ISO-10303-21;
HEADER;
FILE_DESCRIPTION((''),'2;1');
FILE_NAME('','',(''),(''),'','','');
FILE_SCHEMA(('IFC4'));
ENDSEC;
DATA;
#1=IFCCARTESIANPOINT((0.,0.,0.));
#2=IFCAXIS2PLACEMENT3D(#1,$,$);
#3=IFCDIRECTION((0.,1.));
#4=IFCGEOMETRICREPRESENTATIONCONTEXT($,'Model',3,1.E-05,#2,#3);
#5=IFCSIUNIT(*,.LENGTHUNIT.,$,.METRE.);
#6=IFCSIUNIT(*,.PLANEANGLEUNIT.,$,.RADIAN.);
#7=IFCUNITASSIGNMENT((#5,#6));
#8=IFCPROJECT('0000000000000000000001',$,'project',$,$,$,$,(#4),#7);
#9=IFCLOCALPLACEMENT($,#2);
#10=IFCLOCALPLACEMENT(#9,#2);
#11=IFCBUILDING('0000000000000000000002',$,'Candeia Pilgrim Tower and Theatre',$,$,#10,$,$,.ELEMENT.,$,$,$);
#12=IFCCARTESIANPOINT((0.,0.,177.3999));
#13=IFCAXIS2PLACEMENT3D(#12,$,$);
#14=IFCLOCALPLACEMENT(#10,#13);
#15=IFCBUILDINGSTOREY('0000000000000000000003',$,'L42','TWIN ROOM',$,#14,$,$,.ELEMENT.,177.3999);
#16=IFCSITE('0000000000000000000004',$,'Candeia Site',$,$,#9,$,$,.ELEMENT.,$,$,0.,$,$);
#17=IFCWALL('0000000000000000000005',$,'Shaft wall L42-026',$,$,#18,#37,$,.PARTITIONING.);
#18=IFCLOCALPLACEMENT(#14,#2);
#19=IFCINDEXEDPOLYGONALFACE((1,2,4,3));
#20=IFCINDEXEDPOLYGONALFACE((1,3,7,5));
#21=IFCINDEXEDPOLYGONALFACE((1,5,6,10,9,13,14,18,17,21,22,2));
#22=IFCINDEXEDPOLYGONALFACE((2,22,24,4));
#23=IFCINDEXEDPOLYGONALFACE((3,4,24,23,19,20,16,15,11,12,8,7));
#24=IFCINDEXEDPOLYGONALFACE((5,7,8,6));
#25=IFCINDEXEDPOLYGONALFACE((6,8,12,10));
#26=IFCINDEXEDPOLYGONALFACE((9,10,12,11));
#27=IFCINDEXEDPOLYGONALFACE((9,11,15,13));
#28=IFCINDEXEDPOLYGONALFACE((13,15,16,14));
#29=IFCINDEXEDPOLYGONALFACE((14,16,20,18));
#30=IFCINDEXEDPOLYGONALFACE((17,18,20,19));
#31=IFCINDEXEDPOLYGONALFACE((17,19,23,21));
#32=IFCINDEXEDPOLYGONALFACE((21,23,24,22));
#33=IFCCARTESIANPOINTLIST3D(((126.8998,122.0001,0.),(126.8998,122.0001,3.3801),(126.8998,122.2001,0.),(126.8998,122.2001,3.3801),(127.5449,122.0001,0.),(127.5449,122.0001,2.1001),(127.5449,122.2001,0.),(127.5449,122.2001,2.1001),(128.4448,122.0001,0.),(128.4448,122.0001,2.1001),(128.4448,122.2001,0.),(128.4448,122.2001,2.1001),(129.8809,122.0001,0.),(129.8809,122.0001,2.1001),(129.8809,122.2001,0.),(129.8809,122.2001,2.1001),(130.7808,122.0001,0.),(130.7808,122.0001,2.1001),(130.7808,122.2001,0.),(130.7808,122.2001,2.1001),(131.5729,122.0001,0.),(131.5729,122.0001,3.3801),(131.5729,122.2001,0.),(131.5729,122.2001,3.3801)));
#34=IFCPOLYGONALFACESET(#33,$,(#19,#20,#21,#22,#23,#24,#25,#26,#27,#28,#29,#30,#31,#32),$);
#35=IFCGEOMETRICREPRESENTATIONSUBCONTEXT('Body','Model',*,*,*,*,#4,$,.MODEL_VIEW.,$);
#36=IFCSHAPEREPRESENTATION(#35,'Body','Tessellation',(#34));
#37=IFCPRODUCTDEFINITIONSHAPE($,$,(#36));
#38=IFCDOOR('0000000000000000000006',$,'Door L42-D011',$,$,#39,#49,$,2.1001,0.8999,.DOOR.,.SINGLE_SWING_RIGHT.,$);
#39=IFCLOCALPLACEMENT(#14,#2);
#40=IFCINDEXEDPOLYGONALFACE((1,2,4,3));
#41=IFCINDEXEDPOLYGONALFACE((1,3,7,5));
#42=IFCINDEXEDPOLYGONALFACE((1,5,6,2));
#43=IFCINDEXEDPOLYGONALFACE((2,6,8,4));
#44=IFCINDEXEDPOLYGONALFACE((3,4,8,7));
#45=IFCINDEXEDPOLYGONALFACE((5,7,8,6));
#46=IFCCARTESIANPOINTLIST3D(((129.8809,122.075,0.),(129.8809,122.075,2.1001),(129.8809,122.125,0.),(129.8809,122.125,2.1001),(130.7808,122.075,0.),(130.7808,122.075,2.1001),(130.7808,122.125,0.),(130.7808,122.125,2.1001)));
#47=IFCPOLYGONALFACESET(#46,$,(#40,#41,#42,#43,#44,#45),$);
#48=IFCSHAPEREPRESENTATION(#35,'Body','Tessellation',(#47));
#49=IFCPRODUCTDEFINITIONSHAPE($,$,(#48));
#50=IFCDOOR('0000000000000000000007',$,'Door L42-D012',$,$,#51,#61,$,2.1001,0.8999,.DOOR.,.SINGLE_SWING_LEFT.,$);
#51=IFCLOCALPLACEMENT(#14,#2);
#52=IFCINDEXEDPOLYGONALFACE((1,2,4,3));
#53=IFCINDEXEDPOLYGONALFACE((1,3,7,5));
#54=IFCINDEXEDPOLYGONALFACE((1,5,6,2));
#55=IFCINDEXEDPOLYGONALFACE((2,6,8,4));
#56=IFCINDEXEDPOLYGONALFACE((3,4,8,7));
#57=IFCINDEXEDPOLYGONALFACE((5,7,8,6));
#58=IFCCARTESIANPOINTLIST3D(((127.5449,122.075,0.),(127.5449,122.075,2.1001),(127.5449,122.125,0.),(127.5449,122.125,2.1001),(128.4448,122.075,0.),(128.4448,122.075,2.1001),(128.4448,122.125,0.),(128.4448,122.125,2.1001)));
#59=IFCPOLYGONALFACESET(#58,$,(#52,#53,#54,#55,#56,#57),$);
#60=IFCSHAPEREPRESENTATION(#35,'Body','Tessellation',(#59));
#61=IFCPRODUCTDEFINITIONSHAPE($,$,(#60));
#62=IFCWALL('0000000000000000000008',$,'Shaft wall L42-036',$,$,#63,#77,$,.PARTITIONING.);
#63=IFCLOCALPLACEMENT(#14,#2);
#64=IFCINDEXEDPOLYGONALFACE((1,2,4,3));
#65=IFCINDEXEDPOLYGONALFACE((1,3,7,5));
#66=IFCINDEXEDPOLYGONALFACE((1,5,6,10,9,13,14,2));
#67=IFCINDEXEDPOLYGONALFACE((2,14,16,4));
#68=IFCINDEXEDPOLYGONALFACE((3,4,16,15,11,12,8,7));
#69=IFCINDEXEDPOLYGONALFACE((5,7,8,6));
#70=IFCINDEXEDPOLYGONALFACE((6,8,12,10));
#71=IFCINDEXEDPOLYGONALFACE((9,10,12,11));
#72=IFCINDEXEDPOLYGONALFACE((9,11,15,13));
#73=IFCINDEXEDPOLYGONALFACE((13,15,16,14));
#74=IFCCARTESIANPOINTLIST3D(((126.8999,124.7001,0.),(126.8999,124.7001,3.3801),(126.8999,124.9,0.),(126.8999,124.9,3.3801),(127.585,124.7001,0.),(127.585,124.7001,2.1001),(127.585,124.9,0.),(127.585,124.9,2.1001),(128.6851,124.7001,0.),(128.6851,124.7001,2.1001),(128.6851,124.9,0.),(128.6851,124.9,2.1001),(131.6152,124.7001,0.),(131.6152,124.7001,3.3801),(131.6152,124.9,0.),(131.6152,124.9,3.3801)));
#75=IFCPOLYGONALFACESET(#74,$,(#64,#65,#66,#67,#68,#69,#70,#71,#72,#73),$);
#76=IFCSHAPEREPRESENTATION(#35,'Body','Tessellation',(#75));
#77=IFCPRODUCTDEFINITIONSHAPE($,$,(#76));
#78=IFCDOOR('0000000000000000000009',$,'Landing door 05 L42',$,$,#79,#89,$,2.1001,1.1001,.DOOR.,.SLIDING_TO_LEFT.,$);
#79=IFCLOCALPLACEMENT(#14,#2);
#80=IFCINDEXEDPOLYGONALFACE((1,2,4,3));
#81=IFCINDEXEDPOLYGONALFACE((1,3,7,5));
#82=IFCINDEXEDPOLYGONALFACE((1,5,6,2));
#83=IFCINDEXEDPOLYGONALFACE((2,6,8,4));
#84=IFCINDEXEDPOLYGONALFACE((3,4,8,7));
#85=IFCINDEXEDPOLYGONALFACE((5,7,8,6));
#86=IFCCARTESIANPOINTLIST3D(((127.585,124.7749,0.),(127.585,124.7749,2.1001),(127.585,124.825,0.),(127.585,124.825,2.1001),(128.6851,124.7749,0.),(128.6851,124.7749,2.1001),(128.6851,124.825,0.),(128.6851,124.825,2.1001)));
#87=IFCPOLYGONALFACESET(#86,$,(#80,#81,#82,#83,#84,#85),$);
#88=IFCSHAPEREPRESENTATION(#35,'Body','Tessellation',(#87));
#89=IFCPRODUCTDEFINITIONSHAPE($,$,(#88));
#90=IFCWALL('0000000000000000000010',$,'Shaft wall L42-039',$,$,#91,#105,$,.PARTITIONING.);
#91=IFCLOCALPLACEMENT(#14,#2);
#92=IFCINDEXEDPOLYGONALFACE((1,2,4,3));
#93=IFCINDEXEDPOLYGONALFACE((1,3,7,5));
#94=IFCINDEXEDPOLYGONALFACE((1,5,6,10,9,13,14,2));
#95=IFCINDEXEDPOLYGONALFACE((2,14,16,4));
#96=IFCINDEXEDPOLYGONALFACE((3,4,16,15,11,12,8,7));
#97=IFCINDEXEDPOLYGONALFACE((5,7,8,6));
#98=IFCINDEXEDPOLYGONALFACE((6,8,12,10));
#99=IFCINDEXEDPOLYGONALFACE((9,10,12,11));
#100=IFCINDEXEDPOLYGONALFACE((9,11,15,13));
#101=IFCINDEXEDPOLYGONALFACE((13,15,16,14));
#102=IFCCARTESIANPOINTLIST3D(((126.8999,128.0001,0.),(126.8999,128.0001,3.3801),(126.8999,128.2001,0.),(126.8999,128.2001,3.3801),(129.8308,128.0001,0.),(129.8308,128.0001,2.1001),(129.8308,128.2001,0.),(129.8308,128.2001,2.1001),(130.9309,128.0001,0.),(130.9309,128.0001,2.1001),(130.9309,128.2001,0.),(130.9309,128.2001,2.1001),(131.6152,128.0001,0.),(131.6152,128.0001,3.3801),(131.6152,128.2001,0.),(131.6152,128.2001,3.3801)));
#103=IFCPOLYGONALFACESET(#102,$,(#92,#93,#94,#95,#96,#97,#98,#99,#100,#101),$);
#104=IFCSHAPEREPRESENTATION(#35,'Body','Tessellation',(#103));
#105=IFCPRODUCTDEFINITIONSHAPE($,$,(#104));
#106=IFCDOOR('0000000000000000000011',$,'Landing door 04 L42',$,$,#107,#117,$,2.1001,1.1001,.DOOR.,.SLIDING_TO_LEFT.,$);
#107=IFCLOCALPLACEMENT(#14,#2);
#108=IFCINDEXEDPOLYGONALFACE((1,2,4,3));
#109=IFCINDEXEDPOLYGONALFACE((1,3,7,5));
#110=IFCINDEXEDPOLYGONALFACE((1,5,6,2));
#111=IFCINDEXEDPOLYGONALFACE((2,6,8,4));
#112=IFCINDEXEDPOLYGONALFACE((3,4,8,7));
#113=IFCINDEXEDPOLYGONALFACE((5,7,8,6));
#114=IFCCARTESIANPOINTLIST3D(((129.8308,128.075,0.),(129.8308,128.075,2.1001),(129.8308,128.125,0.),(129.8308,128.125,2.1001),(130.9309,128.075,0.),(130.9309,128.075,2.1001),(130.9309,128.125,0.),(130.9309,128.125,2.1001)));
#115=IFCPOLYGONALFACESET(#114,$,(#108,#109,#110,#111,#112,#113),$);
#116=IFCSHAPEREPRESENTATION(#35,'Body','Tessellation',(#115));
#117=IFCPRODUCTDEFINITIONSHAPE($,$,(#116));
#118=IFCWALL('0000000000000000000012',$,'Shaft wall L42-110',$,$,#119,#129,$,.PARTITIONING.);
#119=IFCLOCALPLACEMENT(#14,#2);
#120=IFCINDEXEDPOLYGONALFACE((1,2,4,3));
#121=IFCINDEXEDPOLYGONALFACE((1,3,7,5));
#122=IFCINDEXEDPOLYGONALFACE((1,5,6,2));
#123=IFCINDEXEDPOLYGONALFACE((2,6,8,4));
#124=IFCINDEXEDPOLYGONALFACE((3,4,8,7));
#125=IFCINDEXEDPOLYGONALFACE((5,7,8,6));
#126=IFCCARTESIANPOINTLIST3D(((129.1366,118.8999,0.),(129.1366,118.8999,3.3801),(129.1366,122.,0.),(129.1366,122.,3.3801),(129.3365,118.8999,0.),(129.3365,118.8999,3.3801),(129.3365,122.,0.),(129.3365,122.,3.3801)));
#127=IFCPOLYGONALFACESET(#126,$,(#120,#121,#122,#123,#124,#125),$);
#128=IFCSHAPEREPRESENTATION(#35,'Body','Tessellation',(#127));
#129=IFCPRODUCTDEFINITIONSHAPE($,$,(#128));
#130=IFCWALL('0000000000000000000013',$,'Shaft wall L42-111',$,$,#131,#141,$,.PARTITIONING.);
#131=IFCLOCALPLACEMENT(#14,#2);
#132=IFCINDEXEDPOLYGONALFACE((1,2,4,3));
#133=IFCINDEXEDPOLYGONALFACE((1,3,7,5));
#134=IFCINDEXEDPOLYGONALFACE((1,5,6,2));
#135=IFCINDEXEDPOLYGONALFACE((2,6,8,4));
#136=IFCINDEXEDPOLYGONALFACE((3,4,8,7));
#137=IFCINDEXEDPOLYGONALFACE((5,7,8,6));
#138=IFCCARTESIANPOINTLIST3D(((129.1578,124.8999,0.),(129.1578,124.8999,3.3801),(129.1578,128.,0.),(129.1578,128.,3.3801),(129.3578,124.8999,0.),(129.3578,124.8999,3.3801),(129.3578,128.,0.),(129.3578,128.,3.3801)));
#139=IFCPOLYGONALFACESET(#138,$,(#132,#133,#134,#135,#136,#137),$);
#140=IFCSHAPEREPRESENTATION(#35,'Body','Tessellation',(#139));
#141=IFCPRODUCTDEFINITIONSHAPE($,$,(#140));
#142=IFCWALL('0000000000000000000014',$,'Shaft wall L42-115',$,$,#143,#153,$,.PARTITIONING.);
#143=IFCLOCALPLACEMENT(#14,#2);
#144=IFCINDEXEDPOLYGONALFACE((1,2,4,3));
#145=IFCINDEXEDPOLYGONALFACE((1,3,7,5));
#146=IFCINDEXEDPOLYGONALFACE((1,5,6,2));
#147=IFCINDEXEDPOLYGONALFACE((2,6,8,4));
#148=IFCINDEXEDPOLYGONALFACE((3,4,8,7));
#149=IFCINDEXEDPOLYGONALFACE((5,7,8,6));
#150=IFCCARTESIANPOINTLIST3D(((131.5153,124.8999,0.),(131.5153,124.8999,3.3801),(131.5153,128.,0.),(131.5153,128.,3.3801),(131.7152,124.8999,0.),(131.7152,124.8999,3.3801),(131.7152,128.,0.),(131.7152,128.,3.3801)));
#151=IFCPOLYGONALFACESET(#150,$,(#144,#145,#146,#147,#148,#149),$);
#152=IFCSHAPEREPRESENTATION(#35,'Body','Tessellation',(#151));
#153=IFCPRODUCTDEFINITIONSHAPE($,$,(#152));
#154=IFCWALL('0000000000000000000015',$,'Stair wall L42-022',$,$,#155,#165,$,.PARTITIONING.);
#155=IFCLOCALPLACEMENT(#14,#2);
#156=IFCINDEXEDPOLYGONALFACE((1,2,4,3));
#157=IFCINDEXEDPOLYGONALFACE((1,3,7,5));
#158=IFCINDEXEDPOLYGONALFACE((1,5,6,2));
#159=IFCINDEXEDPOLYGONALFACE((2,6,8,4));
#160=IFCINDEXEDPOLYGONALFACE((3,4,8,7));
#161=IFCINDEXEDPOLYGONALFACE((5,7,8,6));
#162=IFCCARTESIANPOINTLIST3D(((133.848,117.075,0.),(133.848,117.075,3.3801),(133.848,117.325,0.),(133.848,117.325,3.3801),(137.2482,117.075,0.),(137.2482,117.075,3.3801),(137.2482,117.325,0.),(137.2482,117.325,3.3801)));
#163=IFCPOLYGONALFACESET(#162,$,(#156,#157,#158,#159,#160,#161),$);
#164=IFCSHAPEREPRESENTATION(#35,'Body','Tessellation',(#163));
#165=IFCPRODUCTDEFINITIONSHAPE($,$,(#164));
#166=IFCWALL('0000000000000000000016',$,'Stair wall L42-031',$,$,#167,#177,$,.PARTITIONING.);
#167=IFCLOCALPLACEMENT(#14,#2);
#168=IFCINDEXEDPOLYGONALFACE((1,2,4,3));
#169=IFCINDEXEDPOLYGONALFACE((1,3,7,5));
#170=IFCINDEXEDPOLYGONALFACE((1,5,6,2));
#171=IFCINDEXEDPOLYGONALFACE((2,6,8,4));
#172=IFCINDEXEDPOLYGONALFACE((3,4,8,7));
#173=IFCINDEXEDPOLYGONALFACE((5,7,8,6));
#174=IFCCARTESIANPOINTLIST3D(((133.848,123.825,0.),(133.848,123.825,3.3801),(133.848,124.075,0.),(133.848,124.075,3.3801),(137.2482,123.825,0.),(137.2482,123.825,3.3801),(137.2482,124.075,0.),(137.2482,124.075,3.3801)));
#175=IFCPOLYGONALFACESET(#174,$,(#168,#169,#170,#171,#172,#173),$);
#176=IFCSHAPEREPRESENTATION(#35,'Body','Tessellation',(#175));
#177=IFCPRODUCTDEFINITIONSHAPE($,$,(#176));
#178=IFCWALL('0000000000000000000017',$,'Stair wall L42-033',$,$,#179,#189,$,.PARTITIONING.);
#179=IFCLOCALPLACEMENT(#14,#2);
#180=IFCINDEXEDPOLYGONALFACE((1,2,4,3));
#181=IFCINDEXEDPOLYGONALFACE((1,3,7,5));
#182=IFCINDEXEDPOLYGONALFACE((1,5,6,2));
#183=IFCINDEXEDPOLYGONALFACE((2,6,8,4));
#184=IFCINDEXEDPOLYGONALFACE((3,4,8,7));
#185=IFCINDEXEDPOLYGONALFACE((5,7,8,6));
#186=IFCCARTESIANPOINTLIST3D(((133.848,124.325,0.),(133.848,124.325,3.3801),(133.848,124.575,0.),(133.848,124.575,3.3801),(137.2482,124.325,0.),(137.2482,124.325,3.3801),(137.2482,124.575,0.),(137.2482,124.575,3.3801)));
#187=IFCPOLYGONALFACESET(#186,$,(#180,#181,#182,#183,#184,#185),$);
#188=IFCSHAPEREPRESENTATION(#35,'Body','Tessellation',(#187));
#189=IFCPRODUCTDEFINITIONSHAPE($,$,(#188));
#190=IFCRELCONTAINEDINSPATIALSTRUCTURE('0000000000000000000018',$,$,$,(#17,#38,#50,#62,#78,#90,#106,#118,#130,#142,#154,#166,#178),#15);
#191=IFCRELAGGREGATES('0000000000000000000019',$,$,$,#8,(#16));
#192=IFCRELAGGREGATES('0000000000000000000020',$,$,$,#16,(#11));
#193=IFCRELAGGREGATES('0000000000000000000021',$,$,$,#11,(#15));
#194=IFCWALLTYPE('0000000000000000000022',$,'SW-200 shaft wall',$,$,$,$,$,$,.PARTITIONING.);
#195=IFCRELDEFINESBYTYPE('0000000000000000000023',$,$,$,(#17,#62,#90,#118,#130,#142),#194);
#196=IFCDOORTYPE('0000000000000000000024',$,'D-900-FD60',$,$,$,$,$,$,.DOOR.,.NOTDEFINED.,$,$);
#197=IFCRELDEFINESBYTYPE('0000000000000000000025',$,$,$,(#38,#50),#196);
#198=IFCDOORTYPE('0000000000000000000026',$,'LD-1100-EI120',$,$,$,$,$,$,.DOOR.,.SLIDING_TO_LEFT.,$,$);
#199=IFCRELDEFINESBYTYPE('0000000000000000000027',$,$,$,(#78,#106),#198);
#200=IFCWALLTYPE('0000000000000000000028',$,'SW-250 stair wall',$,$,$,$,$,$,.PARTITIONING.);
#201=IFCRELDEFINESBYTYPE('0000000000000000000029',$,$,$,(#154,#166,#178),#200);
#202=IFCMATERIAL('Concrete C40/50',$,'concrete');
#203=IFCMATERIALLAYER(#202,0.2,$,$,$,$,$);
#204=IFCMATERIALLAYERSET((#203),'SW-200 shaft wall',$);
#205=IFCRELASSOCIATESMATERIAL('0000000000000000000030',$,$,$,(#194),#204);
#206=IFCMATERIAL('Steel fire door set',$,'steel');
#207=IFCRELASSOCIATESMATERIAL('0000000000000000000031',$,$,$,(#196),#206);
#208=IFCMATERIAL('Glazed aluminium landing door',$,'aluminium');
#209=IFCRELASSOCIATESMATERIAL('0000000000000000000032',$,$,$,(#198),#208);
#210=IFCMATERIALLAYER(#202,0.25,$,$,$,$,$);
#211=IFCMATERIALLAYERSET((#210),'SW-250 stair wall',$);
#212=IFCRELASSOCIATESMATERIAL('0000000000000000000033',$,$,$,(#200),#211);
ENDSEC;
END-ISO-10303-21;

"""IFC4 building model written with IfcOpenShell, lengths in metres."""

from ifc_helpers import new_model, si_unit, direction, frame, frame_2d, origin, place, context, subcontext, project, spatial, rectangle, extrude, material, layer, layer_set, type_object, element, fill, save


model = new_model("IFC4")

# Units and contexts
model_context = context("Model", 3, precision=1e-05, world=origin(), true_north=direction((0.0, 1.0)))
body_context = subcontext(model_context, "Body", "Model", "MODEL_VIEW")
ifc_project = project(units=[si_unit("LENGTHUNIT", "METRE"), si_unit("PLANEANGLEUNIT", "RADIAN")], contexts=[model_context])

# Site, building, storey
site_placement = place(None, origin())
site = spatial("IfcSite", under=ifc_project, at=site_placement, Name="Candeia Site", CompositionType="ELEMENT", RefElevation=0.0)
building_placement = place(site_placement, origin())
building = spatial("IfcBuilding", under=site, at=building_placement, Name="Candeia Pilgrim Tower and Theatre", CompositionType="ELEMENT")
storey_placement = place(building_placement, frame((0.0, 0.0, 177.3999)))
storey = spatial("IfcBuildingStorey", under=building, at=storey_placement, Name="L42", Description="TWIN ROOM", CompositionType="ELEMENT", Elevation=177.3999)

# Shared definitions
ifc_material_1 = material(Name="Steel fire door set", Category="steel")

# Shared definitions
ifc_material_2 = material(Name="Concrete C40/50", Category="concrete")
ifc_layer_1 = layer(ifc_material_2, 0.2)
ifc_layer_set_1 = layer_set([ifc_layer_1], Name="SW-200 shaft wall")
wall_type_1 = type_object("IfcWallType", Name="SW-200 shaft wall", PredefinedType="PARTITIONING", material=ifc_layer_set_1)

# Wall, openings, doors
wall_1_placement = place(storey_placement, frame((126.8999, 122.1001, 0.0), z_axis=(0.0, 0.0, 1.0), x_axis=(1.0, 0.0, 0.0)))
wall_1 = element("IfcWall", 1, at=wall_1_placement, inside=storey, type_object=wall_type_1, Name="Shaft wall L42-026", PredefinedType="PARTITIONING", context=body_context, shape_type="SweptSolid", body=[
    extrude(rectangle(XDim=4.6731, YDim=0.2, at=frame_2d((2.3364, 0.0))), origin(), (0.0, 0.0, 1.0), 3.3801),
])
opening_1_placement = place(wall_1_placement, frame((2.981, 0.0, 0.0)))
opening_1 = element("IfcOpeningElement", 2, at=opening_1_placement, cuts=wall_1, PredefinedType="OPENING", context=body_context, shape_type="SweptSolid", body=[
    extrude(rectangle(XDim=0.8999, YDim=2.1001, at=frame_2d((0.45, 1.05))), frame((0.0, 0.1099, 0.0), z_axis=(0.0, -1.0, 0.0), x_axis=(1.0, 0.0, 0.0)), (0.0, 0.0, 1.0), 0.22),
])
opening_2_placement = place(wall_1_placement, frame((0.645, 0.0, 0.0)))
opening_2 = element("IfcOpeningElement", 3, at=opening_2_placement, cuts=wall_1, PredefinedType="OPENING", context=body_context, shape_type="SweptSolid", body=[
    extrude(rectangle(XDim=0.8999, YDim=2.1001, at=frame_2d((0.45, 1.05))), frame((0.0, 0.1099, 0.0), z_axis=(0.0, -1.0, 0.0), x_axis=(1.0, 0.0, 0.0)), (0.0, 0.0, 1.0), 0.22),
])
door_type_1 = type_object("IfcDoorType", Name="D-900-FD60", OperationType="NOTDEFINED", PredefinedType="DOOR", material=ifc_material_1)
door_1_placement = place(opening_1_placement, origin())
door_1 = element("IfcDoor", 4, at=door_1_placement, inside=storey, type_object=door_type_1, Name="Door L42-D011", OperationType="SINGLE_SWING_RIGHT", OverallHeight=2.1001, OverallWidth=0.8999, PredefinedType="DOOR", context=body_context, shape_type="SweptSolid", body=[
    extrude(rectangle(XDim=0.8999, YDim=2.1001, at=frame_2d((0.45, 1.05))), frame((0.0, 0.0249, 0.0), z_axis=(0.0, -1.0, 0.0), x_axis=(1.0, 0.0, 0.0)), (0.0, 0.0, 1.0), 0.05),
])
fill(opening_1, door_1)
door_2_placement = place(opening_2_placement, origin())
door_2 = element("IfcDoor", 5, at=door_2_placement, inside=storey, type_object=door_type_1, Name="Door L42-D012", OperationType="SINGLE_SWING_LEFT", OverallHeight=2.1001, OverallWidth=0.8999, PredefinedType="DOOR", context=body_context, shape_type="SweptSolid", body=[
    extrude(rectangle(XDim=0.8999, YDim=2.1001, at=frame_2d((0.45, 1.05))), frame((0.0, 0.0249, 0.0), z_axis=(0.0, -1.0, 0.0), x_axis=(1.0, 0.0, 0.0)), (0.0, 0.0, 1.0), 0.05),
])
fill(opening_2, door_2)

# Walls, openings, doors
wall_2_placement = place(storey_placement, frame((126.8999, 124.8, 0.0), z_axis=(0.0, 0.0, 1.0), x_axis=(1.0, 0.0, 0.0)))
wall_2 = element("IfcWall", 6, at=wall_2_placement, inside=storey, type_object=wall_type_1, Name="Shaft wall L42-036", PredefinedType="PARTITIONING", context=body_context, shape_type="SweptSolid", body=[
    extrude(rectangle(XDim=4.7153, YDim=0.2, at=frame_2d((2.3577, 0.0))), origin(), (0.0, 0.0, 1.0), 3.3801),
])
opening_3_placement = place(wall_2_placement, frame((0.6851, 0.0, 0.0)))
opening_3 = element("IfcOpeningElement", 7, at=opening_3_placement, cuts=wall_2, PredefinedType="OPENING", context=body_context, shape_type="SweptSolid", body=[
    extrude(rectangle(XDim=1.1001, YDim=2.1001, at=frame_2d((0.55, 1.05))), frame((0.0, 0.1099, 0.0), z_axis=(0.0, -1.0, 0.0), x_axis=(1.0, 0.0, 0.0)), (0.0, 0.0, 1.0), 0.22),
])
ifc_material_3 = material(Name="Glazed aluminium landing door", Category="aluminium")
door_type_2 = type_object("IfcDoorType", Name="LD-1100-EI120", OperationType="SLIDING_TO_LEFT", PredefinedType="DOOR", material=ifc_material_3)
door_3_placement = place(opening_3_placement, origin())
door_3 = element("IfcDoor", 8, at=door_3_placement, inside=storey, type_object=door_type_2, Name="Landing door 05 L42", OperationType="SLIDING_TO_LEFT", OverallHeight=2.1001, OverallWidth=1.1001, PredefinedType="DOOR", context=body_context, shape_type="SweptSolid", body=[
    extrude(rectangle(XDim=1.1001, YDim=2.1001, at=frame_2d((0.55, 1.05))), frame((0.0, 0.0249, 0.0), z_axis=(0.0, -1.0, 0.0), x_axis=(1.0, 0.0, 0.0)), (0.0, 0.0, 1.0), 0.05),
])
fill(opening_3, door_3)
wall_3_placement = place(storey_placement, frame((126.8999, 128.1001, 0.0), z_axis=(0.0, 0.0, 1.0), x_axis=(1.0, 0.0, 0.0)))
wall_3 = element("IfcWall", 9, at=wall_3_placement, inside=storey, type_object=wall_type_1, Name="Shaft wall L42-039", PredefinedType="PARTITIONING", context=body_context, shape_type="SweptSolid", body=[
    extrude(rectangle(XDim=4.7153, YDim=0.2, at=frame_2d((2.3577, 0.0))), origin(), (0.0, 0.0, 1.0), 3.3801),
])
opening_4_placement = place(wall_3_placement, frame((2.9309, 0.0, 0.0)))
opening_4 = element("IfcOpeningElement", 10, at=opening_4_placement, cuts=wall_3, PredefinedType="OPENING", context=body_context, shape_type="SweptSolid", body=[
    extrude(rectangle(XDim=1.1001, YDim=2.1001, at=frame_2d((0.55, 1.05))), frame((0.0, 0.1099, 0.0), z_axis=(0.0, -1.0, 0.0), x_axis=(1.0, 0.0, 0.0)), (0.0, 0.0, 1.0), 0.22),
])
door_4_placement = place(opening_4_placement, origin())
door_4 = element("IfcDoor", 11, at=door_4_placement, inside=storey, type_object=door_type_2, Name="Landing door 04 L42", OperationType="SLIDING_TO_LEFT", OverallHeight=2.1001, OverallWidth=1.1001, PredefinedType="DOOR", context=body_context, shape_type="SweptSolid", body=[
    extrude(rectangle(XDim=1.1001, YDim=2.1001, at=frame_2d((0.55, 1.05))), frame((0.0, 0.0249, 0.0), z_axis=(0.0, -1.0, 0.0), x_axis=(1.0, 0.0, 0.0)), (0.0, 0.0, 1.0), 0.05),
])
fill(opening_4, door_4)

# Walls
for number, where, z_axis, x_axis, name in (
    (12, (129.2366, 118.8999, 0.0), (0.0, 0.0, 1.0), (0.0, 1.0, 0.0), "Shaft wall L42-110"),
    (13, (129.2578, 124.8999, 0.0), (0.0, 0.0, 1.0), (0.0, 1.0, 0.0), "Shaft wall L42-111"),
    (14, (131.6152, 124.8999, 0.0), (0.0, 0.0, 1.0), (0.0, 1.0, 0.0), "Shaft wall L42-115"),
):
    element("IfcWall", number, at=place(storey_placement, frame(where, z_axis=z_axis, x_axis=x_axis)), inside=storey, type_object=wall_type_1, Name=name, PredefinedType="PARTITIONING", context=body_context, shape_type="SweptSolid", body=[
        extrude(rectangle(XDim=3.1001, YDim=0.2, at=frame_2d((1.55, 0.0))), origin(), (0.0, 0.0, 1.0), 3.3801),
    ])
ifc_layer_2 = layer(ifc_material_2, 0.25)
ifc_layer_set_2 = layer_set([ifc_layer_2], Name="SW-250 stair wall")
wall_type_2 = type_object("IfcWallType", Name="SW-250 stair wall", PredefinedType="PARTITIONING", material=ifc_layer_set_2)
for number, where, z_axis, x_axis, name in (
    (15, (133.8479, 117.2, 0.0), (0.0, 0.0, 1.0), (1.0, 0.0, 0.0), "Stair wall L42-022"),
    (16, (133.8479, 123.95, 0.0), (0.0, 0.0, 1.0), (1.0, 0.0, 0.0), "Stair wall L42-031"),
    (17, (133.8479, 124.45, 0.0), (0.0, 0.0, 1.0), (1.0, 0.0, 0.0), "Stair wall L42-033"),
):
    element("IfcWall", number, at=place(storey_placement, frame(where, z_axis=z_axis, x_axis=x_axis)), inside=storey, type_object=wall_type_2, Name=name, PredefinedType="PARTITIONING", context=body_context, shape_type="SweptSolid", body=[
        extrude(rectangle(XDim=3.4001, YDim=0.25, at=frame_2d((1.7002, 0.0))), origin(), (0.0, 0.0, 1.0), 3.3801),
    ])

save(model, "model.ifc")
